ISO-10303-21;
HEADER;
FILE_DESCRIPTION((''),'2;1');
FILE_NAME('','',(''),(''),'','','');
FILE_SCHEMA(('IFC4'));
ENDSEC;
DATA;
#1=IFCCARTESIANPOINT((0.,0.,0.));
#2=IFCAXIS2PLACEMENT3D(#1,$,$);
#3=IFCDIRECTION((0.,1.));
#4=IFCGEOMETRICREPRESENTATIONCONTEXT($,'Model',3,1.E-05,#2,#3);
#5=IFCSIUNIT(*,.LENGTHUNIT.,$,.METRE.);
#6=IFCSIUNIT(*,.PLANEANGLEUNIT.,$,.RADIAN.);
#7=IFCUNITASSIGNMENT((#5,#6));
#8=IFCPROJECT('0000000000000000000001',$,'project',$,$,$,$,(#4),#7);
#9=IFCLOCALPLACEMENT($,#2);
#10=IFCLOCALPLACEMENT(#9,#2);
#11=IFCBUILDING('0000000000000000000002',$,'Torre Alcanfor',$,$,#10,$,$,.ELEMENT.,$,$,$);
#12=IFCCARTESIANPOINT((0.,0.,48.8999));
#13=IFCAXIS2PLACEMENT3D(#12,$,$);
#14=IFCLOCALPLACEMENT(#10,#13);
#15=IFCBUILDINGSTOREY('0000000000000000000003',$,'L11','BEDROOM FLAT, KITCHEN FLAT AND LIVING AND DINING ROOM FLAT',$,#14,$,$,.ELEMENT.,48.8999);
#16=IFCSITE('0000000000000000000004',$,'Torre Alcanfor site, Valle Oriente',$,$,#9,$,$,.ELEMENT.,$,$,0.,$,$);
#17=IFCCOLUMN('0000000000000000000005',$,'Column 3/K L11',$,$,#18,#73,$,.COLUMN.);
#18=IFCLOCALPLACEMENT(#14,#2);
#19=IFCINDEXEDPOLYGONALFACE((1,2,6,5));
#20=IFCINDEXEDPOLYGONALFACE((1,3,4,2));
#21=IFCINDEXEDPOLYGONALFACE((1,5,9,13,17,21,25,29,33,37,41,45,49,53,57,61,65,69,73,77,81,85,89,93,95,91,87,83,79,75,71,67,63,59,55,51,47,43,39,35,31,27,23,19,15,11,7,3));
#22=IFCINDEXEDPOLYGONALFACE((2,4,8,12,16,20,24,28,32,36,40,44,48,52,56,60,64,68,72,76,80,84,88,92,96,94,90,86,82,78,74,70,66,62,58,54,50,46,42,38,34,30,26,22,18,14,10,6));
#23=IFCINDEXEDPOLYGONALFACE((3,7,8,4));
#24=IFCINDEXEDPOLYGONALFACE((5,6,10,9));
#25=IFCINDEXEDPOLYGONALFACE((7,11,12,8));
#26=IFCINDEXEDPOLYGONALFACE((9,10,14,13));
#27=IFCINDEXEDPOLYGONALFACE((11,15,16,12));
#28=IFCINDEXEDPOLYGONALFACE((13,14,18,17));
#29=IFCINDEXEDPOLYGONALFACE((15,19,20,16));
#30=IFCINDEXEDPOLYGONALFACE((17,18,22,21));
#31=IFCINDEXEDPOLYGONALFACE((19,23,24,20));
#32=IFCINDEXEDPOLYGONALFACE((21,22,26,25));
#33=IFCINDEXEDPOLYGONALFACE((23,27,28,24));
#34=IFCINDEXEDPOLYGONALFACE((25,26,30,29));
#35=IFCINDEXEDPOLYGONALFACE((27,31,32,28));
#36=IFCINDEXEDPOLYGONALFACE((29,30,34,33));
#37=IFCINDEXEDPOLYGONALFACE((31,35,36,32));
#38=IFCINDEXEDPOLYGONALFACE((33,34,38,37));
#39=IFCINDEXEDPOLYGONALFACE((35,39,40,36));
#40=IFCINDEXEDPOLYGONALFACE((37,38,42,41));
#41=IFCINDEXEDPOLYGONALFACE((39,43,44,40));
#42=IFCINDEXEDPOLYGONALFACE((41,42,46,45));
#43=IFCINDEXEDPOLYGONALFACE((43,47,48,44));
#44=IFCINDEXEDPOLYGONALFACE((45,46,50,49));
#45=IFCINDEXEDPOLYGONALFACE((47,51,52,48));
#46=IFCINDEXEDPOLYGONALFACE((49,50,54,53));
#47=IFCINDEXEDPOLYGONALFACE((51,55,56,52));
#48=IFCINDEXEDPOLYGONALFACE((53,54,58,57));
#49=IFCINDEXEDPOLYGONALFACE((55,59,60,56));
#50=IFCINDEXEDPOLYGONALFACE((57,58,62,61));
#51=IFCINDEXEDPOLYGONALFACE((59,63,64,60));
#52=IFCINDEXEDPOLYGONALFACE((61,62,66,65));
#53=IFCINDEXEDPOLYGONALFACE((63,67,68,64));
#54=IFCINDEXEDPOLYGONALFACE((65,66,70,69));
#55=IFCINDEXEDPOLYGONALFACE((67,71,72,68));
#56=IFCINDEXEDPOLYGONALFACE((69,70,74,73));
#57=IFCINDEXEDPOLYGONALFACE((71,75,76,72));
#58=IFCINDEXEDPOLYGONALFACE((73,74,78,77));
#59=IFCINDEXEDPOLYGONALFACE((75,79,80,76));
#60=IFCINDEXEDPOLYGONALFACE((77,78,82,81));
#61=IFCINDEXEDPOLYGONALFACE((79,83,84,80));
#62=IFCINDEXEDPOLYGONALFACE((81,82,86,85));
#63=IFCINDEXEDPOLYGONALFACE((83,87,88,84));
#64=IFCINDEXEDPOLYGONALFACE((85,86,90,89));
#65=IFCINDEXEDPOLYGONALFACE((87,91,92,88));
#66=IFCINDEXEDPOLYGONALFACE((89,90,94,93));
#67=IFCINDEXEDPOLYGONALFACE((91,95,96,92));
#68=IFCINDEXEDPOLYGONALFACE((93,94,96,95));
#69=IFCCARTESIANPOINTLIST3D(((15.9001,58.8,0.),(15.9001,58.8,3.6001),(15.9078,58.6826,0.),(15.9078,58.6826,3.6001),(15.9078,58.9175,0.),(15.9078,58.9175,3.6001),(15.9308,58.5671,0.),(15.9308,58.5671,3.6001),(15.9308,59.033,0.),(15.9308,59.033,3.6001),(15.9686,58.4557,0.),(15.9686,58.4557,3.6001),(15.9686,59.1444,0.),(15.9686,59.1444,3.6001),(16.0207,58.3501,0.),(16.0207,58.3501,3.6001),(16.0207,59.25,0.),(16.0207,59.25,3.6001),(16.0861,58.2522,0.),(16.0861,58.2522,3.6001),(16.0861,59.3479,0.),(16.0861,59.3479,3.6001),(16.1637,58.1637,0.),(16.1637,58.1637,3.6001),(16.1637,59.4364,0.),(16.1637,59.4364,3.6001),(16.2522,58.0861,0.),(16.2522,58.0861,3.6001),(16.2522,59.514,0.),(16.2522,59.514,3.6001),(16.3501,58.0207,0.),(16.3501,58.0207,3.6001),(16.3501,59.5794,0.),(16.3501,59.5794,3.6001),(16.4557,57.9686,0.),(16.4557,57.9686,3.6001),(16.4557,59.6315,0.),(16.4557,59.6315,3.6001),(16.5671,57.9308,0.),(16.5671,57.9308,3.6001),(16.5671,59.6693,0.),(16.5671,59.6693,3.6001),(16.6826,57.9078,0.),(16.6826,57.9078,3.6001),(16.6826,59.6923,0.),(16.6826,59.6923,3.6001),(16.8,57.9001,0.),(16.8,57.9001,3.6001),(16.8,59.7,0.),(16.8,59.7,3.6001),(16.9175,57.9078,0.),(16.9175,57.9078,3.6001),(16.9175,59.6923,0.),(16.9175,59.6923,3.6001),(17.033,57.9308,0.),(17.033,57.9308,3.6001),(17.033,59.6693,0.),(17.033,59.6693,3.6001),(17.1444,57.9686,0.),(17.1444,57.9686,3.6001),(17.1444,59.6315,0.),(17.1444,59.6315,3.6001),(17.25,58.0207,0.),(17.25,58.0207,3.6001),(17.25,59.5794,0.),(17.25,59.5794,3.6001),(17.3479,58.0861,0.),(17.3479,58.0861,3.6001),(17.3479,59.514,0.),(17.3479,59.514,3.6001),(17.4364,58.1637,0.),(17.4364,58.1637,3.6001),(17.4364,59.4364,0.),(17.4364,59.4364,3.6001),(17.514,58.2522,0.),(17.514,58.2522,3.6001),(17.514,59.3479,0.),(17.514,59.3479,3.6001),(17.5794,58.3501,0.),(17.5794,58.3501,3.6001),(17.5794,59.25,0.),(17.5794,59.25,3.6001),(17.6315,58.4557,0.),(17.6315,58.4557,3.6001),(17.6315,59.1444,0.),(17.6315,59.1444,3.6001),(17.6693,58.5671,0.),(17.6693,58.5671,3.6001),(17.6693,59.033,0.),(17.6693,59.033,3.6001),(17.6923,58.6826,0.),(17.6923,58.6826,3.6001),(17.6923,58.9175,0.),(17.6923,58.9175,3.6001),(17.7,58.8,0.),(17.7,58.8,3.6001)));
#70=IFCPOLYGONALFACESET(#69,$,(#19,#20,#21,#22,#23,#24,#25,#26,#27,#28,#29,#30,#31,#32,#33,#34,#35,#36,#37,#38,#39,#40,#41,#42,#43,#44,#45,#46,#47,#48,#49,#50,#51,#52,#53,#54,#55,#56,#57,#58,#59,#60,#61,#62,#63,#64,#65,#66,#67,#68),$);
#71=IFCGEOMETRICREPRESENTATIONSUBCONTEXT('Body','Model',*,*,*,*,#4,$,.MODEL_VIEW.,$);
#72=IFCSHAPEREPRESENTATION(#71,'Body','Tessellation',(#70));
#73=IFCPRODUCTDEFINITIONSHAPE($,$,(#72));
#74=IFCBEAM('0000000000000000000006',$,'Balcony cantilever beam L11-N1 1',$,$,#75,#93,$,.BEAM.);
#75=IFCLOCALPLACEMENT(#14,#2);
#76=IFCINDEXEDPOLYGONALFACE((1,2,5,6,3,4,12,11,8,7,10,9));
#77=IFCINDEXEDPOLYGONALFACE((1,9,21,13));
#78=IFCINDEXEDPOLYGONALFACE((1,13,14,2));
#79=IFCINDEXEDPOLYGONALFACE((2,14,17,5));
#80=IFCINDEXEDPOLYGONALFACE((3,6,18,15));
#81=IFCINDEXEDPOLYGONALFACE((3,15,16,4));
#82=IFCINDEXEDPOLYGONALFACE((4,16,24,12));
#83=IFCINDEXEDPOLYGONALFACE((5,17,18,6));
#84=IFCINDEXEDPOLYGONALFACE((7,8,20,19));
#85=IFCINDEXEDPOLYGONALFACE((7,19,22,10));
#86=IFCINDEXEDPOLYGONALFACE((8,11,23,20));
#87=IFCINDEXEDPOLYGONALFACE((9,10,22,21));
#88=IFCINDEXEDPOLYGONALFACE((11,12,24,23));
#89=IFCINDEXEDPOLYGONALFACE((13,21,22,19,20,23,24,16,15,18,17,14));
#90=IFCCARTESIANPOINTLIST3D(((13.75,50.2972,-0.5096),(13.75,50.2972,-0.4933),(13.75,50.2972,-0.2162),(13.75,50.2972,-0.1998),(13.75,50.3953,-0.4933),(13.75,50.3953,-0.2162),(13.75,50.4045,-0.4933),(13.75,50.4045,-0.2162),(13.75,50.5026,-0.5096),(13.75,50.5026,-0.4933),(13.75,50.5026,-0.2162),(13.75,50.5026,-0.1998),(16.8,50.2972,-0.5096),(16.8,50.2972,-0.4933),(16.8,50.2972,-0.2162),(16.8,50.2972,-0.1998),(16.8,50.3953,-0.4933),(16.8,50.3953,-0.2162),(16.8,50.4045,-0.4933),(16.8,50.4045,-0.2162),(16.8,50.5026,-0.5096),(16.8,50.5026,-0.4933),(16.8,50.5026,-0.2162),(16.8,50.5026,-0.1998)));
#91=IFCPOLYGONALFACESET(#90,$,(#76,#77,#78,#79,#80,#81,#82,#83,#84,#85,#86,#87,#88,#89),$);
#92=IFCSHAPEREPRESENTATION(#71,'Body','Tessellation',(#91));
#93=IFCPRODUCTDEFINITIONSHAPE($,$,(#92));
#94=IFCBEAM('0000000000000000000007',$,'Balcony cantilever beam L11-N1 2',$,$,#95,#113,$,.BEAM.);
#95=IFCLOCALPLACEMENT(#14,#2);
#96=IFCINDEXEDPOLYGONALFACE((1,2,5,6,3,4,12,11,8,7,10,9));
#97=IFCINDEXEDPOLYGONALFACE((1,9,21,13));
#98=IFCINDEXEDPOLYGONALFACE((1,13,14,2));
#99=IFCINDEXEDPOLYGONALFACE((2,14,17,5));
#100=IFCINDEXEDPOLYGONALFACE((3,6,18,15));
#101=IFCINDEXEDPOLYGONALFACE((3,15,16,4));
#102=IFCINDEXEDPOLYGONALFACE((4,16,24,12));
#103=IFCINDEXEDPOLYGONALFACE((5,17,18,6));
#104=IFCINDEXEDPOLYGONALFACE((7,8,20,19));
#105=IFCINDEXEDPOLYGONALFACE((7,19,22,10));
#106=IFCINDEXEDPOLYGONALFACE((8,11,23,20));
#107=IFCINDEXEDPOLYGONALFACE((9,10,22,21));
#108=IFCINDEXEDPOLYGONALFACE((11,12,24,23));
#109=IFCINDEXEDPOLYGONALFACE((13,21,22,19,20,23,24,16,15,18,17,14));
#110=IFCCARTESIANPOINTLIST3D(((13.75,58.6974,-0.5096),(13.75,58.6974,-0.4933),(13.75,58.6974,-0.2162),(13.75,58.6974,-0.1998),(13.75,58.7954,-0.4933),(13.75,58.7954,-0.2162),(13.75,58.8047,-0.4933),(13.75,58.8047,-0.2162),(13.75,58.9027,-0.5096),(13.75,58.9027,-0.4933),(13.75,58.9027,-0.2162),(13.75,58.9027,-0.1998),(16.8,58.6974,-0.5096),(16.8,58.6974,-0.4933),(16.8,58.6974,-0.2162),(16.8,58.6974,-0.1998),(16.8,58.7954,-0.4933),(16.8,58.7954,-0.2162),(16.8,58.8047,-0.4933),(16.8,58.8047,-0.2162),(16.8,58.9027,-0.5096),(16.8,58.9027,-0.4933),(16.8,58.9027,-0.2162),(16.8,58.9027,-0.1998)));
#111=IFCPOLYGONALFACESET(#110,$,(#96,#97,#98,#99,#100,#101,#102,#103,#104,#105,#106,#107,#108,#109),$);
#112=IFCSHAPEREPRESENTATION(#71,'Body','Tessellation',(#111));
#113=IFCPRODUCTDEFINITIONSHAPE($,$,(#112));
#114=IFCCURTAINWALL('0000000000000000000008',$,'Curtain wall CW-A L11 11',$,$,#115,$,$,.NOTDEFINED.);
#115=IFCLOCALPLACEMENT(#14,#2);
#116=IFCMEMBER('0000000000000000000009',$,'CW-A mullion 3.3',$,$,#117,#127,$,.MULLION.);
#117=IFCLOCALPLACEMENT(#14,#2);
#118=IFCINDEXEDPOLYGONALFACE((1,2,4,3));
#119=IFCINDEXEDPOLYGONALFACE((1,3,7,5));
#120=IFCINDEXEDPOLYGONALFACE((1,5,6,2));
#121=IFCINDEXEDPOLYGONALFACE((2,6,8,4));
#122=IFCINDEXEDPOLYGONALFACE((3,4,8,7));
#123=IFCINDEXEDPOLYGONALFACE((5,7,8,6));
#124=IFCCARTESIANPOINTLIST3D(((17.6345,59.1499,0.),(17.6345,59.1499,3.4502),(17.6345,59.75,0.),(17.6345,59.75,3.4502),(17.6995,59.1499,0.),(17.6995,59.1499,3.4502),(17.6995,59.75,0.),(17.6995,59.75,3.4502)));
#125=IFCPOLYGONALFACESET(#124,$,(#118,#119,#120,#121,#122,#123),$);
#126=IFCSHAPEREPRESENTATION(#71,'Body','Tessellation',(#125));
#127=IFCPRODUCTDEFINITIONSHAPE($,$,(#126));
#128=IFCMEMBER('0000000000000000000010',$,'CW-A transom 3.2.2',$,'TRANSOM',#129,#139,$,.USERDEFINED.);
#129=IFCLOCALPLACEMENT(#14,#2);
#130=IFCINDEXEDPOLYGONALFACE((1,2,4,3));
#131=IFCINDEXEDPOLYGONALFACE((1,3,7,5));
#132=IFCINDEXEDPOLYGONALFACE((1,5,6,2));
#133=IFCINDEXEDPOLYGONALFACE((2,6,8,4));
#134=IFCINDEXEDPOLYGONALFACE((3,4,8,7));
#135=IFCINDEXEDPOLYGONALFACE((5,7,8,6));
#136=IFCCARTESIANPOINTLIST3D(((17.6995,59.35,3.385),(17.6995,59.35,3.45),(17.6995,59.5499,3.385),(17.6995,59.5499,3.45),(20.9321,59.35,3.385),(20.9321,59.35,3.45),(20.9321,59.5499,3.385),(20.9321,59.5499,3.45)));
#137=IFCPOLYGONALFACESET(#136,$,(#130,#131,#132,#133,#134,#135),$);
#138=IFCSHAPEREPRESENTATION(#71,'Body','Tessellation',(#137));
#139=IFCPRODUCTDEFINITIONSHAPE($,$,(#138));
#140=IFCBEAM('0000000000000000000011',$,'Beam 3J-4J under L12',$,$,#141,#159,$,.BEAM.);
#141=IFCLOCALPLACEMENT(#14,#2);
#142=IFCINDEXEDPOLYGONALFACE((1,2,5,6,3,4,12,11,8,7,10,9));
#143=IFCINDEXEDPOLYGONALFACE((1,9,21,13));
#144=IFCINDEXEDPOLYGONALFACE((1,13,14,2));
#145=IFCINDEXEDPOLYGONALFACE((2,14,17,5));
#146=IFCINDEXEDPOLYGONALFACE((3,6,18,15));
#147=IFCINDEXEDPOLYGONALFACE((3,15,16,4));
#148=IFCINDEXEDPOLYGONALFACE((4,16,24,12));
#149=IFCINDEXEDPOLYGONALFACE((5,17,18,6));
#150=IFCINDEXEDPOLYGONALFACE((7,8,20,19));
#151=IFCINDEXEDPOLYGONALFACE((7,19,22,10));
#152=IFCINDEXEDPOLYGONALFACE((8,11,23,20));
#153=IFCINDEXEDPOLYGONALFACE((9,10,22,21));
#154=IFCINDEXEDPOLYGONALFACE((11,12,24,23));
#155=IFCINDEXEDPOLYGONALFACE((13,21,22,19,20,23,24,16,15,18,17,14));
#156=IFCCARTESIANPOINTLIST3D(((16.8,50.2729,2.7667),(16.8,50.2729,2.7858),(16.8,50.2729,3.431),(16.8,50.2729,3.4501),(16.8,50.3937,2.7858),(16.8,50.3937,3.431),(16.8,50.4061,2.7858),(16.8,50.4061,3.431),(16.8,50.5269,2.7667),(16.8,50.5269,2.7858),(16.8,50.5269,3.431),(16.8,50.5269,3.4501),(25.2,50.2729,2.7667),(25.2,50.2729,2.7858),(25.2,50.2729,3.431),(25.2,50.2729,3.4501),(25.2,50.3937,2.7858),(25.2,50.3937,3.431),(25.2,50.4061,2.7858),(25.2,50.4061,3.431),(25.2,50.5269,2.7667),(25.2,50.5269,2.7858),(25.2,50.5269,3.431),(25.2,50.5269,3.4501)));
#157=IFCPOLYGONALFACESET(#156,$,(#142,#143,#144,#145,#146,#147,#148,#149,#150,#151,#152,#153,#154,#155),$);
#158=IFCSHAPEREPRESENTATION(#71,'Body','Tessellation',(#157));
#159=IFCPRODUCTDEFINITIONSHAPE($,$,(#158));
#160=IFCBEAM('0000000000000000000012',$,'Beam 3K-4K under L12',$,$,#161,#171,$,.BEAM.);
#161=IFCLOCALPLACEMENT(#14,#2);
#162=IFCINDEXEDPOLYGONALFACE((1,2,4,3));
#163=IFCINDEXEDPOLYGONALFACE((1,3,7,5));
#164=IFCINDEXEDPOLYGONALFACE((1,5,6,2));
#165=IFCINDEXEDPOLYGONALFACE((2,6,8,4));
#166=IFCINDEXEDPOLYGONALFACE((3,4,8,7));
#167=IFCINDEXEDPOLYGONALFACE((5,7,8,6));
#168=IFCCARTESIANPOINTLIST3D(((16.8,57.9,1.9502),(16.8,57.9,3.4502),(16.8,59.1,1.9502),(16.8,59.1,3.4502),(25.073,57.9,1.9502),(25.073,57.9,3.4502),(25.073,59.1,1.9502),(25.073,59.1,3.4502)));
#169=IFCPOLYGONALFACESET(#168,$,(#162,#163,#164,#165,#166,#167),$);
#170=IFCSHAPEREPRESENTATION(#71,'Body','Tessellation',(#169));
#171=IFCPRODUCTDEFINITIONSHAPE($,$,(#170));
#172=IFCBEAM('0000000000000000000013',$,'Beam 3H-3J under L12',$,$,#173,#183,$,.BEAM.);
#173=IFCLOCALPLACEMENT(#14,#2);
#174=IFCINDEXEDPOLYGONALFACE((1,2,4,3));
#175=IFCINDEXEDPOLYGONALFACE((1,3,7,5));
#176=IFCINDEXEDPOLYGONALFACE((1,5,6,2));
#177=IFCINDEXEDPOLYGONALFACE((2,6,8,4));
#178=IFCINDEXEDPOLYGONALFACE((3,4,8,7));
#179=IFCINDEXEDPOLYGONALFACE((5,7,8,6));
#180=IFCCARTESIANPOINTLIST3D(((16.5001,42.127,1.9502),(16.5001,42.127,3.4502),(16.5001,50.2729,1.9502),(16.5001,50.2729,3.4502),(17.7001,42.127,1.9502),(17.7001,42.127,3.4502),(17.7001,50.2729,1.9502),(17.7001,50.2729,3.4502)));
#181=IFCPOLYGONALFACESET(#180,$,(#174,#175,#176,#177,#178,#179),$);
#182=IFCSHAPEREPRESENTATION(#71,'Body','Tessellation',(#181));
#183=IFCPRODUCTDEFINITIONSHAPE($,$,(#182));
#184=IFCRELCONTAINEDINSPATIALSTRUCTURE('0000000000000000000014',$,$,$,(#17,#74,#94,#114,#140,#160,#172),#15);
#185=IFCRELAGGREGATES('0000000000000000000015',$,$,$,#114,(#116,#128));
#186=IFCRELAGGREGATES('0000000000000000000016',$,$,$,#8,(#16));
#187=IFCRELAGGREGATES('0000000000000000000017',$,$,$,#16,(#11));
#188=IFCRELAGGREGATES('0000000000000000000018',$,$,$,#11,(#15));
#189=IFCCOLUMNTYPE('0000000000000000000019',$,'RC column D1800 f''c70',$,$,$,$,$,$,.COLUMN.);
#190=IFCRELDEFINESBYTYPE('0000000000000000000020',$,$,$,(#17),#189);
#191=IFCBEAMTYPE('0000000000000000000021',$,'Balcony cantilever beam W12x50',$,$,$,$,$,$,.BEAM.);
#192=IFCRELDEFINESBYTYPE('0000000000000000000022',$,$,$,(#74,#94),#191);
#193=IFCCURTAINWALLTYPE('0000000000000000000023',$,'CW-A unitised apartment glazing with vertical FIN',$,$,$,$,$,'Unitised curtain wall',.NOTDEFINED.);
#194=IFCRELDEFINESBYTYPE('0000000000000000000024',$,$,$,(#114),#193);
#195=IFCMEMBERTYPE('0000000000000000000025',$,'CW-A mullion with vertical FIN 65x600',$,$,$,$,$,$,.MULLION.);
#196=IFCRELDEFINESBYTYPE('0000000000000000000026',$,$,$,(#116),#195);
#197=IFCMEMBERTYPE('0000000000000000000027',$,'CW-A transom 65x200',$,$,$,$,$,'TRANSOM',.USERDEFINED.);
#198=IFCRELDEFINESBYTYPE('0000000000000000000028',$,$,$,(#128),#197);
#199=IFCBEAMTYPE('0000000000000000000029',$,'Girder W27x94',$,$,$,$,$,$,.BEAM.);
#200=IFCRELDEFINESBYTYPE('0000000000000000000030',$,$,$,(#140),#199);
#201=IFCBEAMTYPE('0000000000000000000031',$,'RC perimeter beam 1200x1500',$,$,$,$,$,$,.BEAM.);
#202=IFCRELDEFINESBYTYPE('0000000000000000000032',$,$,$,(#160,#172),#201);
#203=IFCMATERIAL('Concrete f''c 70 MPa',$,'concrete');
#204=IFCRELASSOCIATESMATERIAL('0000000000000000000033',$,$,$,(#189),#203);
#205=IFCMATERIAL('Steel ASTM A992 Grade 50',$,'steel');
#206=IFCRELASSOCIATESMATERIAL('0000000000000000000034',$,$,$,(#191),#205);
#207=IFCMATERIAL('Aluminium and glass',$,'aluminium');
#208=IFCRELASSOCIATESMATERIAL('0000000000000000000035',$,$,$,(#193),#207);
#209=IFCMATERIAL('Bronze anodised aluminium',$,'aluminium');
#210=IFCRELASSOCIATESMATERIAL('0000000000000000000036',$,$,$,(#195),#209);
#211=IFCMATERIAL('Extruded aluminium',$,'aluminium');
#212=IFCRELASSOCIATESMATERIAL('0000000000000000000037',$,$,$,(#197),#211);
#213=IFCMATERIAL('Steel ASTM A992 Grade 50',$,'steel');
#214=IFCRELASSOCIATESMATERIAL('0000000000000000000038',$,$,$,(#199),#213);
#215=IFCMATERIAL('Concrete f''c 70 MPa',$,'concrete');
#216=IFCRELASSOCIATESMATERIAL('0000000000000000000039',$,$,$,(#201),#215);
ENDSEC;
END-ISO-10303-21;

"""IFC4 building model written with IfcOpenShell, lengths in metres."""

from ifc_helpers import new_model, si_unit, direction, frame, origin, origin_2d, place, context, subcontext, project, spatial, rectangle, circle, i_section, extrude, material, material_profile, profile_set, type_object, element, aggregate, save


model = new_model("IFC4")

# Units and contexts
model_context = context("Model", 3, precision=1e-05, world=origin(), true_north=direction((0.0, 1.0)))
body_context = subcontext(model_context, "Body", "Model", "MODEL_VIEW")
ifc_project = project(units=[si_unit("LENGTHUNIT", "METRE"), si_unit("PLANEANGLEUNIT", "RADIAN")], contexts=[model_context])

# Site, building, storey
site_placement = place(None, origin())
site = spatial("IfcSite", under=ifc_project, at=site_placement, Name="Torre Alcanfor site, Valle Oriente", CompositionType="ELEMENT", RefElevation=0.0)
building_placement = place(site_placement, origin())
building = spatial("IfcBuilding", under=site, at=building_placement, Name="Torre Alcanfor", CompositionType="ELEMENT")
storey_placement = place(building_placement, frame((0.0, 0.0, 48.8999)))
storey = spatial("IfcBuildingStorey", under=building, at=storey_placement, Name="L11", Description="BEDROOM FLAT, KITCHEN FLAT AND LIVING AND DINING ROOM FLAT", CompositionType="ELEMENT", Elevation=48.8999)

# Column
ifc_material_1 = material(Name="Concrete f'c 70 MPa", Category="concrete")
ifc_material_profile_1 = material_profile(ifc_material_1, circle(Radius=0.8999, at=origin_2d()), Name="D1800")
ifc_profile_set_1 = profile_set([ifc_material_profile_1], Name="Concrete f'c 70 MPa")
column_type = type_object("IfcColumnType", Name="RC column D1800 f'c70", PredefinedType="COLUMN", material=ifc_profile_set_1)
column_placement = place(storey_placement, frame((16.8, 58.8, 0.0), z_axis=(0.0, 0.0, 1.0), x_axis=(1.0, 0.0, 0.0)))
element("IfcColumn", 1, at=column_placement, inside=storey, type_object=column_type, Name="Column 3/K L11", PredefinedType="COLUMN", context=body_context, shape_type="SweptSolid", body=[
    extrude(circle(Radius=0.8999, at=origin_2d()), origin(), (0.0, 0.0, 1.0), 3.6001),
])

# Beams
ifc_material_2 = material(Name="Steel ASTM A992 Grade 50", Category="steel")
ifc_material_profile_2 = material_profile(ifc_material_2, i_section(OverallWidth=0.2053, OverallDepth=0.3098, WebThickness=0.0093, FlangeThickness=0.0164, at=origin_2d()), Name="W12x50")
ifc_profile_set_2 = profile_set([ifc_material_profile_2], Name="Steel ASTM A992 Grade 50")
beam_type_1 = type_object("IfcBeamType", Name="Balcony cantilever beam W12x50", PredefinedType="BEAM", material=ifc_profile_set_2)
for number, where, z_axis, x_axis, name in (
    (2, (16.8, 50.3999, -0.3547), (-1.0, 0.0, 0.0), (0.0, -1.0, 0.0), "Balcony cantilever beam L11-N1 1"),
    (3, (16.8, 58.8, -0.3547), (-1.0, 0.0, 0.0), (0.0, -1.0, 0.0), "Balcony cantilever beam L11-N1 2"),
):
    element("IfcBeam", number, at=place(storey_placement, frame(where, z_axis=z_axis, x_axis=x_axis)), inside=storey, type_object=beam_type_1, Name=name, PredefinedType="BEAM", context=body_context, shape_type="SweptSolid", body=[
        extrude(i_section(OverallWidth=0.2053, OverallDepth=0.3098, WebThickness=0.0093, FlangeThickness=0.0164, at=origin_2d()), origin(), (0.0, 0.0, 1.0), 3.05),
    ])

# Curtain wall, members
ifc_material_3 = material(Name="Aluminium and glass", Category="aluminium")
curtain_wall_type = type_object("IfcCurtainWallType", Name="CW-A unitised apartment glazing with vertical FIN", ElementType="Unitised curtain wall", PredefinedType="NOTDEFINED", material=ifc_material_3)
curtain_wall_placement = place(storey_placement, origin())
curtain_wall = element("IfcCurtainWall", 4, at=curtain_wall_placement, inside=storey, type_object=curtain_wall_type, Name="Curtain wall CW-A L11 11", PredefinedType="NOTDEFINED")
ifc_material_4 = material(Name="Bronze anodised aluminium", Category="aluminium")
ifc_material_profile_3 = material_profile(ifc_material_4, rectangle(XDim=0.6001, YDim=0.0649, at=origin_2d()), Name="CW-A mullion 65x600")
ifc_profile_set_3 = profile_set([ifc_material_profile_3], Name="Bronze anodised aluminium")
member_type_1 = type_object("IfcMemberType", Name="CW-A mullion with vertical FIN 65x600", PredefinedType="MULLION", material=ifc_profile_set_3)
member_1_placement = place(storey_placement, frame((17.667, 59.45, 0.0), z_axis=(0.0, 0.0, 1.0), x_axis=(0.0, -1.0, 0.0)))
member_1 = element("IfcMember", 5, at=member_1_placement, type_object=member_type_1, Name="CW-A mullion 3.3", PredefinedType="MULLION", context=body_context, shape_type="SweptSolid", body=[
    extrude(rectangle(XDim=0.6001, YDim=0.0649, at=origin_2d()), origin(), (0.0, 0.0, 1.0), 3.4502),
])
ifc_material_5 = material(Name="Extruded aluminium", Category="aluminium")
ifc_material_profile_4 = material_profile(ifc_material_5, rectangle(XDim=0.2, YDim=0.0649, at=origin_2d()), Name="CW-A transom 200x65")
ifc_profile_set_4 = profile_set([ifc_material_profile_4], Name="Extruded aluminium")
member_type_2 = type_object("IfcMemberType", Name="CW-A transom 65x200", ElementType="TRANSOM", PredefinedType="USERDEFINED", material=ifc_profile_set_4)
member_2_placement = place(storey_placement, frame((20.9321, 59.45, 3.4175), z_axis=(-1.0, 0.0, 0.0), x_axis=(0.0, -1.0, 0.0)))
member_2 = element("IfcMember", 6, at=member_2_placement, type_object=member_type_2, Name="CW-A transom 3.2.2", ObjectType="TRANSOM", PredefinedType="USERDEFINED", context=body_context, shape_type="SweptSolid", body=[
    extrude(rectangle(XDim=0.2, YDim=0.0649, at=origin_2d()), origin(), (0.0, 0.0, 1.0), 3.2327),
])

# Beams
ifc_material_6 = material(Name="Steel ASTM A992 Grade 50", Category="steel")
ifc_material_profile_5 = material_profile(ifc_material_6, i_section(OverallWidth=0.2539, OverallDepth=0.6833, WebThickness=0.0125, FlangeThickness=0.019, at=origin_2d()), Name="W27x94")
ifc_profile_set_5 = profile_set([ifc_material_profile_5], Name="Steel ASTM A992 Grade 50")
beam_type_2 = type_object("IfcBeamType", Name="Girder W27x94", PredefinedType="BEAM", material=ifc_profile_set_5)
beam_1_placement = place(storey_placement, frame((16.8, 50.3999, 3.1084), z_axis=(1.0, 0.0, 0.0), x_axis=(0.0, 1.0, 0.0)))
element("IfcBeam", 7, at=beam_1_placement, inside=storey, type_object=beam_type_2, Name="Beam 3J-4J under L12", PredefinedType="BEAM", context=body_context, shape_type="SweptSolid", body=[
    extrude(i_section(OverallWidth=0.2539, OverallDepth=0.6833, WebThickness=0.0125, FlangeThickness=0.019, at=origin_2d()), origin(), (0.0, 0.0, 1.0), 8.3999),
])
ifc_material_7 = material(Name="Concrete f'c 70 MPa", Category="concrete")
ifc_material_profile_6 = material_profile(ifc_material_7, rectangle(XDim=1.2, YDim=1.5, at=origin_2d()), Name="1200x1500")
ifc_profile_set_6 = profile_set([ifc_material_profile_6], Name="Concrete f'c 70 MPa")
beam_type_3 = type_object("IfcBeamType", Name="RC perimeter beam 1200x1500", PredefinedType="BEAM", material=ifc_profile_set_6)
beam_2_placement = place(storey_placement, frame((16.8, 58.5, 2.7002), z_axis=(1.0, 0.0, 0.0), x_axis=(0.0, 1.0, 0.0)))
element("IfcBeam", 8, at=beam_2_placement, inside=storey, type_object=beam_type_3, Name="Beam 3K-4K under L12", PredefinedType="BEAM", context=body_context, shape_type="SweptSolid", body=[
    extrude(rectangle(XDim=1.2, YDim=1.5, at=origin_2d()), origin(), (0.0, 0.0, 1.0), 8.2729),
])
beam_3_placement = place(storey_placement, frame((17.1001, 42.127, 2.7002), z_axis=(0.0, 1.0, 0.0), x_axis=(-1.0, 0.0, 0.0)))
element("IfcBeam", 9, at=beam_3_placement, inside=storey, type_object=beam_type_3, Name="Beam 3H-3J under L12", PredefinedType="BEAM", context=body_context, shape_type="SweptSolid", body=[
    extrude(rectangle(XDim=1.2, YDim=1.5, at=origin_2d()), origin(), (0.0, 0.0, 1.0), 8.146),
])

aggregate(curtain_wall, [member_1, member_2])

save(model, "model.ifc")
